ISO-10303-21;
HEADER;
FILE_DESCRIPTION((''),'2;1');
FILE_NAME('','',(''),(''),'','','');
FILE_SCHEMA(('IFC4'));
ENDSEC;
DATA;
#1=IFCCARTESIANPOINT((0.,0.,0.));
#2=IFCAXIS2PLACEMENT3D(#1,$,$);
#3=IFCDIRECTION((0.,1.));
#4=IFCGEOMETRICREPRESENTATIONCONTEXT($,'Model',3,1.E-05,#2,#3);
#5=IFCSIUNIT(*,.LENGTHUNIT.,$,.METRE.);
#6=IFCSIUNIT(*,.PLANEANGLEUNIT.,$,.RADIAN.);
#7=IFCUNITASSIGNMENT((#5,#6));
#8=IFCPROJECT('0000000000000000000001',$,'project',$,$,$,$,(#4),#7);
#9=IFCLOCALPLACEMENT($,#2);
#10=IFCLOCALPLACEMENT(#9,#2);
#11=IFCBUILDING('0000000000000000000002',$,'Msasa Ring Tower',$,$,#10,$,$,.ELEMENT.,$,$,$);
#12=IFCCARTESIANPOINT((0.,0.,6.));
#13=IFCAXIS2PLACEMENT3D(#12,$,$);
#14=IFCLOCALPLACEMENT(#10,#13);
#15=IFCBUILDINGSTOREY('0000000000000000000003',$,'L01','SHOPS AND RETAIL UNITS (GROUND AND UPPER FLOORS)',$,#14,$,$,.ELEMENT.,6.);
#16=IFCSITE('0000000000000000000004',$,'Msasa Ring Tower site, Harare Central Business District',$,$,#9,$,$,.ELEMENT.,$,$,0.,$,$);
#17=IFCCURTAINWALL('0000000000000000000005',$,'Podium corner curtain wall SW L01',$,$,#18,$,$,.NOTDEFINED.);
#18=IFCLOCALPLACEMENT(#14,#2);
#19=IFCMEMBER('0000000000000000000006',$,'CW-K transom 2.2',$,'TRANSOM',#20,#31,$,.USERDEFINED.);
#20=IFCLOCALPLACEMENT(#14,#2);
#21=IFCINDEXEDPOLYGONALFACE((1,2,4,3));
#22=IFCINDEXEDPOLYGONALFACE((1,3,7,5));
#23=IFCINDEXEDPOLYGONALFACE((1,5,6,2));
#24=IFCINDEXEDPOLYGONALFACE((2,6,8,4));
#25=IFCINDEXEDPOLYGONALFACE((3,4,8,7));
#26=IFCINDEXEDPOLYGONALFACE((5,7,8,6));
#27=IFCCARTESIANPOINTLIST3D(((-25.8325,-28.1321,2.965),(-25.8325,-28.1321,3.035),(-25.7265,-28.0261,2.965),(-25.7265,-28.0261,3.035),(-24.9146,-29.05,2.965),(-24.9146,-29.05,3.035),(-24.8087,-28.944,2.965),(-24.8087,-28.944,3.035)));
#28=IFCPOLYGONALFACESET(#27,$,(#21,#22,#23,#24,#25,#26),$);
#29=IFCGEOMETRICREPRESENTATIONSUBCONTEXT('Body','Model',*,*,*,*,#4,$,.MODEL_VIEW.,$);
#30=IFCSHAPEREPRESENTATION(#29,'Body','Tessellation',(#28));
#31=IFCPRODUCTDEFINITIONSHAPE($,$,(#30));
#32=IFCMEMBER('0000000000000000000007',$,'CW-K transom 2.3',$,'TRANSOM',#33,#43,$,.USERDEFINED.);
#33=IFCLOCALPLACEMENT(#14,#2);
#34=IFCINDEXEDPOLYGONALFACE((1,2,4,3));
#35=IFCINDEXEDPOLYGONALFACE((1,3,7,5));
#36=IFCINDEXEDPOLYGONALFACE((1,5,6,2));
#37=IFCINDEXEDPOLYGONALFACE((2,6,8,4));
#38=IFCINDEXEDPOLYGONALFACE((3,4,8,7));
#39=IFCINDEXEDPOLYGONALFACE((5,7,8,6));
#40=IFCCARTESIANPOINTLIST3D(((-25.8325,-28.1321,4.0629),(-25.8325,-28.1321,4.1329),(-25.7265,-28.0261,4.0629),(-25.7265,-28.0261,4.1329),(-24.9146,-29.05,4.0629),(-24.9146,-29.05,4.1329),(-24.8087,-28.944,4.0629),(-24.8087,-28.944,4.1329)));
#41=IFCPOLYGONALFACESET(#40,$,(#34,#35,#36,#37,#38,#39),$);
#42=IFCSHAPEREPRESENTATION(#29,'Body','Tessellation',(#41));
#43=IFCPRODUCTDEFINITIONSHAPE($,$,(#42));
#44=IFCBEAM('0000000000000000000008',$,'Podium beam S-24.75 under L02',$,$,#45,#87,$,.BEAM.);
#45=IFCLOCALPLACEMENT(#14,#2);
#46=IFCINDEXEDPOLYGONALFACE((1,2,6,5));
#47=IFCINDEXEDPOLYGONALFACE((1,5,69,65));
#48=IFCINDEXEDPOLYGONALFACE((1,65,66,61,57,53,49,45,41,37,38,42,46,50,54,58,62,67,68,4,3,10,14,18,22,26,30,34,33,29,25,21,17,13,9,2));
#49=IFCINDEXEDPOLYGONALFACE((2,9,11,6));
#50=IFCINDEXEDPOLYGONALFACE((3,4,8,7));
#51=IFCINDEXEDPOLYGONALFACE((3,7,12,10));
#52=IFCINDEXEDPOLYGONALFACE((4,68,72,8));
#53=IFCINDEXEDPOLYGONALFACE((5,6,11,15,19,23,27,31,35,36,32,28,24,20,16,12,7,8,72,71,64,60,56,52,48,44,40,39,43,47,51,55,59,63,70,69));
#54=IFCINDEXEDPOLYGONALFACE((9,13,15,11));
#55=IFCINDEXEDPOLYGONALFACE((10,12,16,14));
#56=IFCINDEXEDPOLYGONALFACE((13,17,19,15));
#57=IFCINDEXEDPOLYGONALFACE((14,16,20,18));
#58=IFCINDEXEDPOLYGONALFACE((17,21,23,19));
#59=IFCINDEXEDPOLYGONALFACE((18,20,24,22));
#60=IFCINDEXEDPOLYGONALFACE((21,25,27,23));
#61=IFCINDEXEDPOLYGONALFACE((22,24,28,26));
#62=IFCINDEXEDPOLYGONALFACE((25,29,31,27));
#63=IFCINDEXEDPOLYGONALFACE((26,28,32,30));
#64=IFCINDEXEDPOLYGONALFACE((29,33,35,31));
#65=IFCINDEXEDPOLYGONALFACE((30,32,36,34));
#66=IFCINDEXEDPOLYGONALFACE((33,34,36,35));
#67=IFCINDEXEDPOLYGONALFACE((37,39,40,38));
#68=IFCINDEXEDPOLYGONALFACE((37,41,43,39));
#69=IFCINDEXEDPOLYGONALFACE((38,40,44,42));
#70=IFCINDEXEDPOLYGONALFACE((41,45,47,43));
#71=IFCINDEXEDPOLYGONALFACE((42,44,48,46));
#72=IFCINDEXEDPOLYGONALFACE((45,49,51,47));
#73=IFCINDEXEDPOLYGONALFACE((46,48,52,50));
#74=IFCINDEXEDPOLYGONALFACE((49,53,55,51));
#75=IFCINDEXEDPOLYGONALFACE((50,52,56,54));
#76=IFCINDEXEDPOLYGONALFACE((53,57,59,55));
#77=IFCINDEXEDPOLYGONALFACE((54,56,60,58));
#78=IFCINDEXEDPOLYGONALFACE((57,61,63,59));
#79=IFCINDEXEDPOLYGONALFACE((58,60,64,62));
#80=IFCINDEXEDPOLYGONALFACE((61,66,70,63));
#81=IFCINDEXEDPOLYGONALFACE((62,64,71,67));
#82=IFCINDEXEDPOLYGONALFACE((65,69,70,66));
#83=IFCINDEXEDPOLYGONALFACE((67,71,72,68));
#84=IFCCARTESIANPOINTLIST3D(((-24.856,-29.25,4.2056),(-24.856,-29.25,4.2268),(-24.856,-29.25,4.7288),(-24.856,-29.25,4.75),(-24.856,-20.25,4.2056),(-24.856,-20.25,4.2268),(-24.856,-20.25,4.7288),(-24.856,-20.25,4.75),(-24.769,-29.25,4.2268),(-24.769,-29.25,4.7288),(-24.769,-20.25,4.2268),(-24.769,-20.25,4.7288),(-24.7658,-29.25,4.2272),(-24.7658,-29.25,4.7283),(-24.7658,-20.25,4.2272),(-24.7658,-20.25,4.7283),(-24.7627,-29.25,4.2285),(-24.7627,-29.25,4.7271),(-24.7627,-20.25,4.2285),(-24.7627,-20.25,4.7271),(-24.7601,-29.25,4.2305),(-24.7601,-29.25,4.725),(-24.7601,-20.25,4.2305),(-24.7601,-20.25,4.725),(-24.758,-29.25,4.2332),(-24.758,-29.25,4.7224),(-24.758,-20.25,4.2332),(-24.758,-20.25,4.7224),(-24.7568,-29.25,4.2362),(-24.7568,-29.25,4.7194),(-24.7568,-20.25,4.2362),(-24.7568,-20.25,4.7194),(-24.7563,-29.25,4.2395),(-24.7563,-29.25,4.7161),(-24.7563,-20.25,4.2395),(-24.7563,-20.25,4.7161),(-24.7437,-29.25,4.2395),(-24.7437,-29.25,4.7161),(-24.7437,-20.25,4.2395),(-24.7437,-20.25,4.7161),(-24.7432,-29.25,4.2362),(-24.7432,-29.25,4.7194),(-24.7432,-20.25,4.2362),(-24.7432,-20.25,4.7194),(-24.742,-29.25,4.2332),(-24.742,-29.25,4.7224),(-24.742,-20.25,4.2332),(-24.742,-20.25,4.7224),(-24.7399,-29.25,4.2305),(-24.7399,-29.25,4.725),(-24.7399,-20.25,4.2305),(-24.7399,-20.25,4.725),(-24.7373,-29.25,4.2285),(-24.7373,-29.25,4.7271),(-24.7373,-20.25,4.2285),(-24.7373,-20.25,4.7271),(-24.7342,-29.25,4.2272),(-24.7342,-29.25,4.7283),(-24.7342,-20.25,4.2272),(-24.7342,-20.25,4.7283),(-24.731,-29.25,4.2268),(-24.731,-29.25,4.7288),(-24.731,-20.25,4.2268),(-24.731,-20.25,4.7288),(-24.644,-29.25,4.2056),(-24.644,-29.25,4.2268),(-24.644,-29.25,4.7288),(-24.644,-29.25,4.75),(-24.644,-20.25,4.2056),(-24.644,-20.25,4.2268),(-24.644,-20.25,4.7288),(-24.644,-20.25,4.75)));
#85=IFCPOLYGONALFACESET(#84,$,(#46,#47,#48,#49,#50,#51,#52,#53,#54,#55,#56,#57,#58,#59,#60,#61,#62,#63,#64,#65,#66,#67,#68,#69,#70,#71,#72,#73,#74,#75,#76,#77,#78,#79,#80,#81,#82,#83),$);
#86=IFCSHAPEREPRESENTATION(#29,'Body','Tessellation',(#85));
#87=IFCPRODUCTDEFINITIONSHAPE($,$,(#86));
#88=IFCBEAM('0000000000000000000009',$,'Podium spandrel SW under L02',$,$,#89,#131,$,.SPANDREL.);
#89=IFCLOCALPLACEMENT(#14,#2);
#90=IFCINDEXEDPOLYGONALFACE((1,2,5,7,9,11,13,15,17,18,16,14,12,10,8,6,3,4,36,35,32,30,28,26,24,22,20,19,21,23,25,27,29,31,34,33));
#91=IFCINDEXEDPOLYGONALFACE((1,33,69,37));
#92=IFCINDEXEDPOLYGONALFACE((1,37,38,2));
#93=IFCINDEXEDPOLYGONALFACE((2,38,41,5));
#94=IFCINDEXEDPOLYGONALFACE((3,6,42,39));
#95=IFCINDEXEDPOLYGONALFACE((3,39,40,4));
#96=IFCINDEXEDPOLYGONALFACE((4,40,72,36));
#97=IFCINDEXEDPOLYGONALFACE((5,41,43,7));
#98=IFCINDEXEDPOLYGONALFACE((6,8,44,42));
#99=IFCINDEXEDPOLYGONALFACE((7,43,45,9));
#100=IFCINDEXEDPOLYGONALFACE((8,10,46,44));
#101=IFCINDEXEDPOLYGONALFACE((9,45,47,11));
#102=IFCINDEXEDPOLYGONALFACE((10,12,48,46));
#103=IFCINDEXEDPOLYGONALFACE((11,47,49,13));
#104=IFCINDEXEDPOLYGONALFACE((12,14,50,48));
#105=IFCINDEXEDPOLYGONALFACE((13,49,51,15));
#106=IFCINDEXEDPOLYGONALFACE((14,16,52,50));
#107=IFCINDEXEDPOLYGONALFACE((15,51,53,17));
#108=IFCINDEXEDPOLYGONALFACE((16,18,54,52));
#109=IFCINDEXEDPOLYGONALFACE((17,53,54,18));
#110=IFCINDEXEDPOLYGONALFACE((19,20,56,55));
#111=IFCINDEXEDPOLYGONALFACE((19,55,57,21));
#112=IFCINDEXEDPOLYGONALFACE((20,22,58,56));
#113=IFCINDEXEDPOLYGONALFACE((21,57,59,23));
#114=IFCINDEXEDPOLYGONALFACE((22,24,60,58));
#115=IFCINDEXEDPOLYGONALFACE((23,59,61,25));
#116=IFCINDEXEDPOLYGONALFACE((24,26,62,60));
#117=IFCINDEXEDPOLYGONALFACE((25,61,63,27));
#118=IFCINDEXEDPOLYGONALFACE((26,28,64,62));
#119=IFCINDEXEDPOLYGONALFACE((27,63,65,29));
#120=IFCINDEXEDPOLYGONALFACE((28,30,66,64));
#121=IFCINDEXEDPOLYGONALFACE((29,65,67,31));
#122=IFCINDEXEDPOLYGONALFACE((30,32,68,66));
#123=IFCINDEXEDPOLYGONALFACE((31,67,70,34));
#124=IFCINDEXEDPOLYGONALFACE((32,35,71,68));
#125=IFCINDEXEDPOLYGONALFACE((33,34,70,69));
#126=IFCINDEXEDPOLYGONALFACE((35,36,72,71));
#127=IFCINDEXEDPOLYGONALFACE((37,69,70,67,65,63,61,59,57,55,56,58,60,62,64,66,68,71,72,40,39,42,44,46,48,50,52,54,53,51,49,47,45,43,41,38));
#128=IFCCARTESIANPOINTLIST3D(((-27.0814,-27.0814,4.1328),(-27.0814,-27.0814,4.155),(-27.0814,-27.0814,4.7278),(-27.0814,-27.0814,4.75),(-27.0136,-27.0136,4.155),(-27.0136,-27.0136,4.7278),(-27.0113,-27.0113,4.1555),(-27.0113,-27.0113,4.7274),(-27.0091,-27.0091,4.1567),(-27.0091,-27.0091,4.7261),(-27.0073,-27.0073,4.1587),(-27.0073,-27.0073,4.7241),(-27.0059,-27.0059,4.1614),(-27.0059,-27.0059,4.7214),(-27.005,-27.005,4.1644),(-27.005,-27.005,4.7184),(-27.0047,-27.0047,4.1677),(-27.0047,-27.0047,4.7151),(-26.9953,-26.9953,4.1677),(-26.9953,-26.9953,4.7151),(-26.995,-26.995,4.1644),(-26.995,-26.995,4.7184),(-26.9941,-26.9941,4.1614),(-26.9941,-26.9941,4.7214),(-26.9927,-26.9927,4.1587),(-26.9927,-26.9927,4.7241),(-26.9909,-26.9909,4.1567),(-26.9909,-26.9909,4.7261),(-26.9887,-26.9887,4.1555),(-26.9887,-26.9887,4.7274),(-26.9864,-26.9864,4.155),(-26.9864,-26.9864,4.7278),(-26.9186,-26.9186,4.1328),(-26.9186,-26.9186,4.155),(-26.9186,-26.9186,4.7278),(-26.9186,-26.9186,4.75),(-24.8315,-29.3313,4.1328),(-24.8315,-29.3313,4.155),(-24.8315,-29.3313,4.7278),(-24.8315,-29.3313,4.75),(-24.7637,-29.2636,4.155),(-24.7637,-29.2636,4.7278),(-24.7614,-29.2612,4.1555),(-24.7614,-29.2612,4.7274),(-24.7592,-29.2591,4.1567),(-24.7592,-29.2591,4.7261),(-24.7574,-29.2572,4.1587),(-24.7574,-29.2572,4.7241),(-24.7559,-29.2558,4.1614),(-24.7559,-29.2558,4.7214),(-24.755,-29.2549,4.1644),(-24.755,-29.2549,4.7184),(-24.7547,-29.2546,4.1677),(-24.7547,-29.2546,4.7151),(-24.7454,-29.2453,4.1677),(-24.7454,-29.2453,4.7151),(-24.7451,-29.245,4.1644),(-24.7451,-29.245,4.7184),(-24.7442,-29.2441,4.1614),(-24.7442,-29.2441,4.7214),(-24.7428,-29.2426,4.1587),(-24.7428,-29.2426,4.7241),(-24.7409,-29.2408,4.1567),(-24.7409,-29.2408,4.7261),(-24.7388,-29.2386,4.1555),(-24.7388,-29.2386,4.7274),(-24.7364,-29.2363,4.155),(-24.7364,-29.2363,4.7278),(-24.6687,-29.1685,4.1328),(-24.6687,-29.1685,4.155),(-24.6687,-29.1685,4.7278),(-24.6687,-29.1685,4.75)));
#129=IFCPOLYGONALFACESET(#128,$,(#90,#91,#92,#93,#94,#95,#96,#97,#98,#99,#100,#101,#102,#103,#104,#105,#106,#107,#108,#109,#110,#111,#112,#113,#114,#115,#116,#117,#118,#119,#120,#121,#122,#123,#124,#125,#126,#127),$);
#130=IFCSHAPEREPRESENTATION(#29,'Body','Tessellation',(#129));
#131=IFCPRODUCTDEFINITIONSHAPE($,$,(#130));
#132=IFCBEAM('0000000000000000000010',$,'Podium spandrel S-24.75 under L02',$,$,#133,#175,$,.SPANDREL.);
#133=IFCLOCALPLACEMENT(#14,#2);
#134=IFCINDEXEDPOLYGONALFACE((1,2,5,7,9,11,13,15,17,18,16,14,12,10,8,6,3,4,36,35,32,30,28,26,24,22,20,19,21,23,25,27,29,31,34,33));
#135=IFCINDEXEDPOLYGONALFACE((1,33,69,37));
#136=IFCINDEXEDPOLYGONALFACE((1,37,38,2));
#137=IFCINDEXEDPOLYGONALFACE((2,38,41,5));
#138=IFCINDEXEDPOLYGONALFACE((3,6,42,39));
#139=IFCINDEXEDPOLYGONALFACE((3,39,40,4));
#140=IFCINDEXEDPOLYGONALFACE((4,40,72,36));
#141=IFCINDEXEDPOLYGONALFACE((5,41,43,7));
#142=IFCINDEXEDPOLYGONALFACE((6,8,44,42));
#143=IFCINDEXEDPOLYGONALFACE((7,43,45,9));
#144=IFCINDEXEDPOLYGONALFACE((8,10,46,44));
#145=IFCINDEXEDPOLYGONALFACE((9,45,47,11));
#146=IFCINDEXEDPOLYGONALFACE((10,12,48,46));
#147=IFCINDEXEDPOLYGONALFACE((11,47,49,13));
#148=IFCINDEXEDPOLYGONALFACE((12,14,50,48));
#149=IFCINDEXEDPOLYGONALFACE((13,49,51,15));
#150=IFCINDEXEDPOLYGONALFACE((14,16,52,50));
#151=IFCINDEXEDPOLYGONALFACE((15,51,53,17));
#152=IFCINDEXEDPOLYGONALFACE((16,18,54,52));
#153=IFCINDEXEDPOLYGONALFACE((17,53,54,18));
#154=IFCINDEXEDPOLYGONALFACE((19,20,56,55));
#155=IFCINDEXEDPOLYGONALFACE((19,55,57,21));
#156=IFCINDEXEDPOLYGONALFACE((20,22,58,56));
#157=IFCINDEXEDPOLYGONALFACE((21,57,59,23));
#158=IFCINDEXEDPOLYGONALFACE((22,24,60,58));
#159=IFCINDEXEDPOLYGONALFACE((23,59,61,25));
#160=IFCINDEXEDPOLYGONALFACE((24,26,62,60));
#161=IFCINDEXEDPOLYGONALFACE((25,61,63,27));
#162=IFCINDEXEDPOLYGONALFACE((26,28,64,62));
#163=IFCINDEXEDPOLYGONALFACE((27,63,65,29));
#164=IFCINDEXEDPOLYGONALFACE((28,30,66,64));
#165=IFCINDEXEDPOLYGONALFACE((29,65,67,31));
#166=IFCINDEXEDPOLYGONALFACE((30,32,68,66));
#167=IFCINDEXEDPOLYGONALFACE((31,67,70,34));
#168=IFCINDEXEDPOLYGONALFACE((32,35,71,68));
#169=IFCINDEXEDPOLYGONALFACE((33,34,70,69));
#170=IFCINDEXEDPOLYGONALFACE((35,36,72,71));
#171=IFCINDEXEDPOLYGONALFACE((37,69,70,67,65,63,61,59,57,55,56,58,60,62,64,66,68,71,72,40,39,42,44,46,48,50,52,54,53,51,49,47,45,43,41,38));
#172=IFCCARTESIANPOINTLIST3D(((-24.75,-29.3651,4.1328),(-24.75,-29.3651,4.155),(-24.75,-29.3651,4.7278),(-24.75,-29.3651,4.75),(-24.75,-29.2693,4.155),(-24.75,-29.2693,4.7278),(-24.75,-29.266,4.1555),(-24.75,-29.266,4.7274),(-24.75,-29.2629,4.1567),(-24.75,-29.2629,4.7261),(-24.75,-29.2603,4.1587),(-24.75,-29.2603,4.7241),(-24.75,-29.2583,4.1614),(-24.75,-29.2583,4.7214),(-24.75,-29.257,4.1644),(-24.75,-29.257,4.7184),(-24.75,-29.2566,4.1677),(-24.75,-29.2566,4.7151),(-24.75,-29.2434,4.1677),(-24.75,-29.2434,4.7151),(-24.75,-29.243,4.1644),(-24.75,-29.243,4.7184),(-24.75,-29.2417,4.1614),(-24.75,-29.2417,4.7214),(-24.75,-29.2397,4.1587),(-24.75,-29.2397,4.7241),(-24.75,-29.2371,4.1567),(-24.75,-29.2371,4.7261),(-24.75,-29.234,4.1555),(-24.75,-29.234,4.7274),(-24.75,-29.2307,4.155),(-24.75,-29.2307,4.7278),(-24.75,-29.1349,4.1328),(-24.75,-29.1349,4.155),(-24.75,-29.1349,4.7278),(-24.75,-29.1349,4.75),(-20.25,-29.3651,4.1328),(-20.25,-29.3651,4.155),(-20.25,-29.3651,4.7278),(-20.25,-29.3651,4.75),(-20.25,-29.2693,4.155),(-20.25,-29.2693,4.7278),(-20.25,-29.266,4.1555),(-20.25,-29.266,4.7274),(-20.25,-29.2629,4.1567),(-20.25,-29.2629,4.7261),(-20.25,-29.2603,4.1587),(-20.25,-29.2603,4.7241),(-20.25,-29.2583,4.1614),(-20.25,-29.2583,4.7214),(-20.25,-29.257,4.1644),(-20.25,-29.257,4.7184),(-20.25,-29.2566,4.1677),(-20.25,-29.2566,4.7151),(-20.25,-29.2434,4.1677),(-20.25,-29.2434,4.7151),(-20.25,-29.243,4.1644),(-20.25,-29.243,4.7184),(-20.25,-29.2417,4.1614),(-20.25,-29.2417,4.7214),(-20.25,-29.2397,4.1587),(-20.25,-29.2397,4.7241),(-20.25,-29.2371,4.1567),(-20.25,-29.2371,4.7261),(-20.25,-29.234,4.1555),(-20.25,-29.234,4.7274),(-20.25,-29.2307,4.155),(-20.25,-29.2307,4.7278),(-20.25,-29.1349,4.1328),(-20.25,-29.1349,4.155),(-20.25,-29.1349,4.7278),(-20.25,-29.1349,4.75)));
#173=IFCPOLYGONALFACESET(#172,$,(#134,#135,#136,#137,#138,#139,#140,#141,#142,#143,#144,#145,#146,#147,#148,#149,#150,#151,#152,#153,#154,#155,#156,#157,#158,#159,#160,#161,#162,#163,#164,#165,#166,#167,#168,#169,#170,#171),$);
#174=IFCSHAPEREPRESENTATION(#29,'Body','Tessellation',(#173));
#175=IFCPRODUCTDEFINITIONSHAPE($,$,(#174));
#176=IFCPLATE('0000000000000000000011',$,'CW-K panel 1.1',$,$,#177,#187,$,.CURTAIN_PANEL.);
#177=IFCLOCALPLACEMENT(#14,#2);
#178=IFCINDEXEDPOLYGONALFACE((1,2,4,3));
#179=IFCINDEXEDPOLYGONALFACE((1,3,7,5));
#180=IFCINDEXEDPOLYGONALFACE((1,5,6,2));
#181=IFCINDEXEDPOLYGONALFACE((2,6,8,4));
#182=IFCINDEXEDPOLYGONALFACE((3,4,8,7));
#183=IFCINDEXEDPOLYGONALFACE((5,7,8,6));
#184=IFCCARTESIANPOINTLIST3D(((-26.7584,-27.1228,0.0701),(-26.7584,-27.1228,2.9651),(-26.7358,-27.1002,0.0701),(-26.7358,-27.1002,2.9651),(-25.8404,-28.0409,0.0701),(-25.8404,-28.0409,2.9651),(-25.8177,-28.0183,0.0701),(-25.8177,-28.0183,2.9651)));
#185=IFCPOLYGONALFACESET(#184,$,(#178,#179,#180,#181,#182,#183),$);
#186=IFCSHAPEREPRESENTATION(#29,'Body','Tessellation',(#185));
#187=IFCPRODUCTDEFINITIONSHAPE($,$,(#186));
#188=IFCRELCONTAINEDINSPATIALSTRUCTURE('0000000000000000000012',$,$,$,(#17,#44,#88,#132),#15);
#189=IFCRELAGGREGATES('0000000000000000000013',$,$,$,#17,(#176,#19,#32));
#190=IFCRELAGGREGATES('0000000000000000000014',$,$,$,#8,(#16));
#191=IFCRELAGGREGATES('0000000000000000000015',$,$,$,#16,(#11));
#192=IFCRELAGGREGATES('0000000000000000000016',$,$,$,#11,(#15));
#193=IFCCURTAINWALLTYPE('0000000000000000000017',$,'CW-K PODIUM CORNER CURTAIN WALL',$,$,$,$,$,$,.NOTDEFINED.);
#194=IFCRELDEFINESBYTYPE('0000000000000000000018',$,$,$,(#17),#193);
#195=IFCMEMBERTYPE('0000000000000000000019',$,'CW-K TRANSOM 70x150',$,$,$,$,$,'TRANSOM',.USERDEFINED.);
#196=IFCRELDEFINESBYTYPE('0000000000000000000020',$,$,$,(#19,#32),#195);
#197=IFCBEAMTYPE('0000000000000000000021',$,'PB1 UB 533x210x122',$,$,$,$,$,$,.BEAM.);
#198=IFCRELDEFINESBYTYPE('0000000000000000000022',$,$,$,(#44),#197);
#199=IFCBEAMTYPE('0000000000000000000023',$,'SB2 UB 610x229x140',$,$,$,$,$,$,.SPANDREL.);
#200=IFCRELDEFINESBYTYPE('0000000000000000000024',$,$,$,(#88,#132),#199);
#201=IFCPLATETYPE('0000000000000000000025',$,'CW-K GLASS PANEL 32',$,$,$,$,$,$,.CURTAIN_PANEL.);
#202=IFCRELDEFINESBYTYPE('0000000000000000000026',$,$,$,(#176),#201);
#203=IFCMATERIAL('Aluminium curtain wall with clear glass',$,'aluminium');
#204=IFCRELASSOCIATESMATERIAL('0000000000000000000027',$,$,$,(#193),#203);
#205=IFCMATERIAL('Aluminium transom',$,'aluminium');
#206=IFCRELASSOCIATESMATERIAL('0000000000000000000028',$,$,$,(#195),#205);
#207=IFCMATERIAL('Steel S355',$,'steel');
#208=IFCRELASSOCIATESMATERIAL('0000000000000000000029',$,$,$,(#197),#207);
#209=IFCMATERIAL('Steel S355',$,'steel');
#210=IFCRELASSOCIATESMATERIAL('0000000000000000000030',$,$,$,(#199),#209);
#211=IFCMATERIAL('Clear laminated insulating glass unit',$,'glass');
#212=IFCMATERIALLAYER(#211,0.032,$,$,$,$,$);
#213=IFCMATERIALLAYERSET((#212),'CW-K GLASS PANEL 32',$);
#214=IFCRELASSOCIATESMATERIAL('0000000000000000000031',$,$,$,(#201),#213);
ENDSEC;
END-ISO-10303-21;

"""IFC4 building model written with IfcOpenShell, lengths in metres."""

from ifc_helpers import new_model, si_unit, direction, frame, origin, origin_2d, place, context, subcontext, project, spatial, rectangle, i_section, extrude, material, layer, layer_set, material_profile, profile_set, type_object, element, aggregate, save


model = new_model("IFC4")

# Units and contexts
model_context = context("Model", 3, precision=1e-05, world=origin(), true_north=direction((0.0, 1.0)))
body_context = subcontext(model_context, "Body", "Model", "MODEL_VIEW")
ifc_project = project(units=[si_unit("LENGTHUNIT", "METRE"), si_unit("PLANEANGLEUNIT", "RADIAN")], contexts=[model_context])

# Site, building, storey
site_placement = place(None, origin())
site = spatial("IfcSite", under=ifc_project, at=site_placement, Name="Msasa Ring Tower site, Harare Central Business District", CompositionType="ELEMENT", RefElevation=0.0)
building_placement = place(site_placement, origin())
building = spatial("IfcBuilding", under=site, at=building_placement, Name="Msasa Ring Tower", CompositionType="ELEMENT")
storey_placement = place(building_placement, frame((0.0, 0.0, 6.0)))
storey = spatial("IfcBuildingStorey", under=building, at=storey_placement, Name="L01", Description="SHOPS AND RETAIL UNITS (GROUND AND UPPER FLOORS)", CompositionType="ELEMENT", Elevation=6.0)

# Curtain wall, members
ifc_material_1 = material(Name="Aluminium curtain wall with clear glass", Category="aluminium")
curtain_wall_type = type_object("IfcCurtainWallType", Name="CW-K PODIUM CORNER CURTAIN WALL", PredefinedType="NOTDEFINED", material=ifc_material_1)
curtain_wall_placement = place(storey_placement, origin())
curtain_wall = element("IfcCurtainWall", 1, at=curtain_wall_placement, inside=storey, type_object=curtain_wall_type, Name="Podium corner curtain wall SW L01", PredefinedType="NOTDEFINED")
ifc_material_2 = material(Name="Aluminium transom", Category="aluminium")
ifc_material_profile_1 = material_profile(ifc_material_2, rectangle(XDim=0.1499, YDim=0.0701, at=origin_2d()), Name="AL 70x150")
ifc_profile_set_1 = profile_set([ifc_material_profile_1], Name="Aluminium transom")
member_type_1 = type_object("IfcMemberType", Name="CW-K TRANSOM 70x150", ElementType="TRANSOM", PredefinedType="USERDEFINED", material=ifc_profile_set_1)
member_1_placement = place(storey_placement, frame((-25.7795, -28.0791, 3.0), z_axis=(0.707107, -0.707107, 0.0), x_axis=(0.707107, 0.707107, 0.0)))
member_1 = element("IfcMember", 2, at=member_1_placement, type_object=member_type_1, Name="CW-K transom 2.2", ObjectType="TRANSOM", PredefinedType="USERDEFINED", context=body_context, shape_type="SweptSolid", body=[
    extrude(rectangle(XDim=0.1499, YDim=0.0701, at=origin_2d()), origin(), (0.0, 0.0, 1.0), 1.2981),
])
member_2_placement = place(storey_placement, frame((-25.7795, -28.0791, 4.0979), z_axis=(0.707107, -0.707107, 0.0), x_axis=(0.707107, 0.707107, 0.0)))
member_2 = element("IfcMember", 3, at=member_2_placement, type_object=member_type_1, Name="CW-K transom 2.3", ObjectType="TRANSOM", PredefinedType="USERDEFINED", context=body_context, shape_type="SweptSolid", body=[
    extrude(rectangle(XDim=0.1499, YDim=0.0701, at=origin_2d()), origin(), (0.0, 0.0, 1.0), 1.2981),
])

# Beams
ifc_material_3 = material(Name="Steel S355", Category="steel")
ifc_material_profile_2 = material_profile(ifc_material_3, i_section(OverallWidth=0.2119, OverallDepth=0.5444, WebThickness=0.0127, FlangeThickness=0.0212, FilletRadius=0.0127, at=origin_2d()), Name="UB 533x210x122")
ifc_profile_set_2 = profile_set([ifc_material_profile_2], Name="Steel S355")
beam_type_1 = type_object("IfcBeamType", Name="PB1 UB 533x210x122", PredefinedType="BEAM", material=ifc_profile_set_2)
beam_1_placement = place(storey_placement, frame((-24.75, -29.25, 4.4778), z_axis=(0.0, 1.0, 0.0), x_axis=(-1.0, 0.0, 0.0)))
element("IfcBeam", 4, at=beam_1_placement, inside=storey, type_object=beam_type_1, Name="Podium beam S-24.75 under L02", PredefinedType="BEAM", context=body_context, shape_type="SweptSolid", body=[
    extrude(i_section(OverallWidth=0.2119, OverallDepth=0.5444, WebThickness=0.0127, FlangeThickness=0.0212, FilletRadius=0.0127, at=origin_2d()), origin(), (0.0, 0.0, 1.0), 9.0),
])
ifc_material_4 = material(Name="Steel S355", Category="steel")
ifc_material_profile_3 = material_profile(ifc_material_4, i_section(OverallWidth=0.2302, OverallDepth=0.6172, WebThickness=0.0132, FlangeThickness=0.0222, FilletRadius=0.0127, at=origin_2d()), Name="UB 610x229x140")
ifc_profile_set_3 = profile_set([ifc_material_profile_3], Name="Steel S355")
beam_type_2 = type_object("IfcBeamType", Name="SB2 UB 610x229x140", PredefinedType="SPANDREL", material=ifc_profile_set_3)
beam_2_placement = place(storey_placement, frame((-27.0, -27.0, 4.4414), z_axis=(0.707107, -0.707107, 0.0), x_axis=(0.707107, 0.707107, 0.0)))
element("IfcBeam", 5, at=beam_2_placement, inside=storey, type_object=beam_type_2, Name="Podium spandrel SW under L02", PredefinedType="SPANDREL", context=body_context, shape_type="SweptSolid", body=[
    extrude(i_section(OverallWidth=0.2302, OverallDepth=0.6172, WebThickness=0.0132, FlangeThickness=0.0222, FilletRadius=0.0127, at=origin_2d()), origin(), (0.0, 0.0, 1.0), 3.1819),
])
beam_3_placement = place(storey_placement, frame((-24.75, -29.25, 4.4414), z_axis=(1.0, 0.0, 0.0), x_axis=(0.0, 1.0, 0.0)))
element("IfcBeam", 6, at=beam_3_placement, inside=storey, type_object=beam_type_2, Name="Podium spandrel S-24.75 under L02", PredefinedType="SPANDREL", context=body_context, shape_type="SweptSolid", body=[
    extrude(i_section(OverallWidth=0.2302, OverallDepth=0.6172, WebThickness=0.0132, FlangeThickness=0.0222, FilletRadius=0.0127, at=origin_2d()), origin(), (0.0, 0.0, 1.0), 4.5),
])

# Plate
ifc_material_5 = material(Name="Clear laminated insulating glass unit", Category="glass")
ifc_layer_1 = layer(ifc_material_5, 0.032)
ifc_layer_set_1 = layer_set([ifc_layer_1], Name="CW-K GLASS PANEL 32")
plate_type = type_object("IfcPlateType", Name="CW-K GLASS PANEL 32", PredefinedType="CURTAIN_PANEL", material=ifc_layer_set_1)
plate_1_placement = place(storey_placement, frame((-26.2881, -27.5706, 0.0701), z_axis=(0.0, 0.0, 1.0), x_axis=(0.707107, -0.707107, 0.0)))
plate_1 = element("IfcPlate", 7, at=plate_1_placement, type_object=plate_type, Name="CW-K panel 1.1", PredefinedType="CURTAIN_PANEL", context=body_context, shape_type="SweptSolid", body=[
    extrude(rectangle(XDim=1.2983, YDim=0.032, at=origin_2d()), origin(), (0.0, 0.0, 1.0), 2.895),
])
aggregate(curtain_wall, [plate_1, member_1, member_2])

save(model, "model.ifc")
